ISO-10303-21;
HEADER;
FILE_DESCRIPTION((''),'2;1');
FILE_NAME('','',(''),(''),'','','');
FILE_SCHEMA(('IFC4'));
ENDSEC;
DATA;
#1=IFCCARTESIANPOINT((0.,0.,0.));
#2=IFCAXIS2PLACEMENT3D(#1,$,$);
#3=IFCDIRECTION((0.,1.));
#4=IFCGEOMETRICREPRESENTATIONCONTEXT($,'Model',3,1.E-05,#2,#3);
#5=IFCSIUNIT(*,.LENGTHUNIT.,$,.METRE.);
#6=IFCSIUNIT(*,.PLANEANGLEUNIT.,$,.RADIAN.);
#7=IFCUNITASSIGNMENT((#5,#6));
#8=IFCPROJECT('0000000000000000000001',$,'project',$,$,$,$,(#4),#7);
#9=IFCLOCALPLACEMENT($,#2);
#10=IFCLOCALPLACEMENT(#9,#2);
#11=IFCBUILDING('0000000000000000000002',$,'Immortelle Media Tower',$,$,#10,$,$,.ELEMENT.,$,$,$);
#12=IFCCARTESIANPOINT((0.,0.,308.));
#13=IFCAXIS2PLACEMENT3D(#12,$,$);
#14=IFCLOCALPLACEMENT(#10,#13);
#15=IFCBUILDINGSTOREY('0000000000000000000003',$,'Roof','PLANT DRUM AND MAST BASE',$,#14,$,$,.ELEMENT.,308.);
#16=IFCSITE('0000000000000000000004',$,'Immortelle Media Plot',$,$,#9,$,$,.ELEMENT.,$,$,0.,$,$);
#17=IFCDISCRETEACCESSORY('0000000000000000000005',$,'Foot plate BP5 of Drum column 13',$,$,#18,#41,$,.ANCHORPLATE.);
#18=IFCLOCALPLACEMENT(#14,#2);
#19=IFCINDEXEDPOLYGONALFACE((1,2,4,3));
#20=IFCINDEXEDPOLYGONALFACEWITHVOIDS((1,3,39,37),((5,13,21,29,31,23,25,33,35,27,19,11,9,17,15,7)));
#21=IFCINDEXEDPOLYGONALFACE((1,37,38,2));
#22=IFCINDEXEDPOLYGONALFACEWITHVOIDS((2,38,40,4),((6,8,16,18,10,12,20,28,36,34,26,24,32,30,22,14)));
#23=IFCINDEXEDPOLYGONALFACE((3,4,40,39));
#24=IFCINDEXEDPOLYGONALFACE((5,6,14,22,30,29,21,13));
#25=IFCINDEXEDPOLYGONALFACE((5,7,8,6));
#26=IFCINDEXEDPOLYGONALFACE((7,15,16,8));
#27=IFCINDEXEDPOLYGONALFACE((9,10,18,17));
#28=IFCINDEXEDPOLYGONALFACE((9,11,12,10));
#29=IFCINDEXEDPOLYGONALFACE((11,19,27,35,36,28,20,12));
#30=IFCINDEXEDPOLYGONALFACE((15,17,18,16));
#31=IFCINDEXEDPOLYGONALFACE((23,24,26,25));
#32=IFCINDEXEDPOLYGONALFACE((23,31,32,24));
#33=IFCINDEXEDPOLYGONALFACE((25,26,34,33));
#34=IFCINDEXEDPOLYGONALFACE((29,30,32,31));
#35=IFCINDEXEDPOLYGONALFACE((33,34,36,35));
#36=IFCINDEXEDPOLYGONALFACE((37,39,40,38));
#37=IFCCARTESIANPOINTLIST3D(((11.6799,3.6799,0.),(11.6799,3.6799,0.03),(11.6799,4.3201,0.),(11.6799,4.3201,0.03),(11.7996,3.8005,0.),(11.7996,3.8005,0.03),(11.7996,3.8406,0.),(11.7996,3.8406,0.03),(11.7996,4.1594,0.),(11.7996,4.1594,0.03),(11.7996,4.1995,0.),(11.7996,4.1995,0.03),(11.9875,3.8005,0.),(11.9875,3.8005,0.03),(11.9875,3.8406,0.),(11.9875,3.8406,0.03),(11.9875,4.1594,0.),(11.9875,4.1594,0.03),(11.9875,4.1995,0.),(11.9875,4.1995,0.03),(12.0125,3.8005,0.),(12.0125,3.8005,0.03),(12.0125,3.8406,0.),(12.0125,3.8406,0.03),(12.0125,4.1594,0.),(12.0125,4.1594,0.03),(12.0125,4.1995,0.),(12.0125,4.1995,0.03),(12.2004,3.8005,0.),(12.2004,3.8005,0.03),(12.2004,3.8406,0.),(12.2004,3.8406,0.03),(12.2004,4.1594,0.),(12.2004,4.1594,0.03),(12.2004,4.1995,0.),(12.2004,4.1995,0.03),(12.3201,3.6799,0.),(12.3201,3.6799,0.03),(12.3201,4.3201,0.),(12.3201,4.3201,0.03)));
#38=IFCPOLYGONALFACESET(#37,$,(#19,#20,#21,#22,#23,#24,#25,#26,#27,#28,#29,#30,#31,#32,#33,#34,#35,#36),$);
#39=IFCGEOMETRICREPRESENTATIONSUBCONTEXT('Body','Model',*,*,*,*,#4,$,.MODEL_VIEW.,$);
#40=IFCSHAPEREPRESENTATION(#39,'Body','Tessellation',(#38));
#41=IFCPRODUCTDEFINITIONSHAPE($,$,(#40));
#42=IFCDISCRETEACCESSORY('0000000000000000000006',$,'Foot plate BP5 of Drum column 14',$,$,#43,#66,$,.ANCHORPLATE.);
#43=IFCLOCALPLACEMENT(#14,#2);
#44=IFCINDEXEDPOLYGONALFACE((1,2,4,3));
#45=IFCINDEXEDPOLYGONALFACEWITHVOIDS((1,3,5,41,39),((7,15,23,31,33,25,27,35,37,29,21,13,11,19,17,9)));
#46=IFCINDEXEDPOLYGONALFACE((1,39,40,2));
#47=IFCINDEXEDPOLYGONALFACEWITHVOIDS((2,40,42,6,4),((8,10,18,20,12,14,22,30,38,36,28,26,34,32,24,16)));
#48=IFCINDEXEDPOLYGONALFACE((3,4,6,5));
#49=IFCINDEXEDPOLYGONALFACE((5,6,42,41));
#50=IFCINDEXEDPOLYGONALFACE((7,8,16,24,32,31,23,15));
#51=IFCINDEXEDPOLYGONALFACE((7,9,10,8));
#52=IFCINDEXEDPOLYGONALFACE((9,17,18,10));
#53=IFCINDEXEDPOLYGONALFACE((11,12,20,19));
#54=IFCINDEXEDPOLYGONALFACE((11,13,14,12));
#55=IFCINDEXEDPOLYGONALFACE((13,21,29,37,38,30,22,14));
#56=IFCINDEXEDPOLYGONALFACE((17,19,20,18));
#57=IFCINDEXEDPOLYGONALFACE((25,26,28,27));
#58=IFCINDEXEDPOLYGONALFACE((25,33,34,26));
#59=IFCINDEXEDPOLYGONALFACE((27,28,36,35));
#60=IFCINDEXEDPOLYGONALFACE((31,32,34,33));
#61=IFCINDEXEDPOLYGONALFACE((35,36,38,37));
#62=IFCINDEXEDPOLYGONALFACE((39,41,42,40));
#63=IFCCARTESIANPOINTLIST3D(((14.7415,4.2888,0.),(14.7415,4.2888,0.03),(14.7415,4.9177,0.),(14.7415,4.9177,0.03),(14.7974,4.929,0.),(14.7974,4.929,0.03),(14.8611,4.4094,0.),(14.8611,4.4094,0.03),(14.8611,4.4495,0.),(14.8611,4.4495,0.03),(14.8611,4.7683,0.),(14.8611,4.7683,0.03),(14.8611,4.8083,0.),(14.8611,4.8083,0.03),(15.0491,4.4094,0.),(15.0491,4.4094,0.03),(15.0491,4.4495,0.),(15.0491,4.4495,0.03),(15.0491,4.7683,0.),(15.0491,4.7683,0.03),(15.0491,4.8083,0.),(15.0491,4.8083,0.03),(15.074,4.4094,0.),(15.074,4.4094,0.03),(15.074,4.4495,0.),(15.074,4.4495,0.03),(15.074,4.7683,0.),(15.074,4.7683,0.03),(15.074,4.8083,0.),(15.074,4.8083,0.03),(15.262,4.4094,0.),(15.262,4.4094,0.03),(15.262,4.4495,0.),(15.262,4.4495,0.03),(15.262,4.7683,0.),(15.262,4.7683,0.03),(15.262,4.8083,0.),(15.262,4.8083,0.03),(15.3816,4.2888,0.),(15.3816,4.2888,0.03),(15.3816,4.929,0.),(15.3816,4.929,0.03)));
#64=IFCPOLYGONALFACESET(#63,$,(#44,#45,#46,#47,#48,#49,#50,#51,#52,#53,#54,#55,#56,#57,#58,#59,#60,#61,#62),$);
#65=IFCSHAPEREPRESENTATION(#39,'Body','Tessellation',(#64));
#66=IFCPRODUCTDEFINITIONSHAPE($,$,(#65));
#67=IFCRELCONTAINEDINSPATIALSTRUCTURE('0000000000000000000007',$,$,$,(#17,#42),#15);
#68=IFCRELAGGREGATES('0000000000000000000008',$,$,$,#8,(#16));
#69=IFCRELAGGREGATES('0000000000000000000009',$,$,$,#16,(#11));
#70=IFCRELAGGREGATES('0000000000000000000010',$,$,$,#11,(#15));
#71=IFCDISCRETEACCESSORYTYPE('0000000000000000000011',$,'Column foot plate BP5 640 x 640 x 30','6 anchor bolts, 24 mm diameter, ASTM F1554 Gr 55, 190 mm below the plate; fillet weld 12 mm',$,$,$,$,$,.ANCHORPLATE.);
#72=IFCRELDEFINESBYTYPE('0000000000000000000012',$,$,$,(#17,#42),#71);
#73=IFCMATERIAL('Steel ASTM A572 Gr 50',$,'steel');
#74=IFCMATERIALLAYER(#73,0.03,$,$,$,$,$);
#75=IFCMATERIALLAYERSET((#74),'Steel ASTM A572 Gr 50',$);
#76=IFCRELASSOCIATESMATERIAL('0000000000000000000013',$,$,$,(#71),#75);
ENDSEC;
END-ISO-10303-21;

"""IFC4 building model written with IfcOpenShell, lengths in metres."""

from ifc_helpers import new_model, si_unit, direction, frame, origin, place, context, subcontext, project, spatial, polyline, outline, extrude, material, layer, layer_set, type_object, element, save


model = new_model("IFC4")

# Units and contexts
model_context = context("Model", 3, precision=1e-05, world=origin(), true_north=direction((0.0, 1.0)))
body_context = subcontext(model_context, "Body", "Model", "MODEL_VIEW")
ifc_project = project(units=[si_unit("LENGTHUNIT", "METRE"), si_unit("PLANEANGLEUNIT", "RADIAN")], contexts=[model_context])

# Site, building, storey
site_placement = place(None, origin())
site = spatial("IfcSite", under=ifc_project, at=site_placement, Name="Immortelle Media Plot", CompositionType="ELEMENT", RefElevation=0.0)
building_placement = place(site_placement, origin())
building = spatial("IfcBuilding", under=site, at=building_placement, Name="Immortelle Media Tower", CompositionType="ELEMENT")
storey_placement = place(building_placement, frame((0.0, 0.0, 308.0)))
storey = spatial("IfcBuildingStorey", under=building, at=storey_placement, Name="Roof", Description="PLANT DRUM AND MAST BASE", CompositionType="ELEMENT", Elevation=308.0)

# Discrete accessories
ifc_material_1 = material(Name="Steel ASTM A572 Gr 50", Category="steel")
ifc_layer_1 = layer(ifc_material_1, 0.03)
ifc_layer_set_1 = layer_set([ifc_layer_1], Name="Steel ASTM A572 Gr 50")
discrete_accessory_type = type_object("IfcDiscreteAccessoryType", Name="Column foot plate BP5 640 x 640 x 30", Description="6 anchor bolts, 24 mm diameter, ASTM F1554 Gr 55, 190 mm below the plate; fillet weld 12 mm", PredefinedType="ANCHORPLATE", material=ifc_layer_set_1)
discrete_accessory_1_placement = place(storey_placement, frame((12.0, 4.0, 0.0), z_axis=(0.0, 0.0, 1.0), x_axis=(1.0, 0.0, 0.0)))
element("IfcDiscreteAccessory", 1, at=discrete_accessory_1_placement, inside=storey, type_object=discrete_accessory_type, Name="Foot plate BP5 of Drum column 13", PredefinedType="ANCHORPLATE", context=body_context, shape_type="SweptSolid", body=[
    extrude(outline(polyline([(-0.3201, -0.3201), (0.3201, -0.3201), (0.3201, 0.3201), (-0.3201, 0.3201), (-0.3201, -0.3201)]), holes=[polyline([(0.0125, -0.1594), (0.2004, -0.1594), (0.2004, -0.1995), (0.0125, -0.1995), (-0.0125, -0.1995), (-0.2004, -0.1995), (-0.2004, -0.1594), (-0.0125, -0.1594), (-0.0125, 0.1594), (-0.2004, 0.1594), (-0.2004, 0.1995), (-0.0125, 0.1995), (0.0125, 0.1995), (0.2004, 0.1995), (0.2004, 0.1594), (0.0125, 0.1594), (0.0125, -0.1594)])]), origin(), (0.0, 0.0, 1.0), 0.03),
])
discrete_accessory_2_placement = place(storey_placement, frame((15.0615, 4.6089, 0.0), z_axis=(0.0, 0.0, 1.0), x_axis=(1.0, 0.0, 0.0)))
element("IfcDiscreteAccessory", 2, at=discrete_accessory_2_placement, inside=storey, type_object=discrete_accessory_type, Name="Foot plate BP5 of Drum column 14", PredefinedType="ANCHORPLATE", context=body_context, shape_type="SweptSolid", body=[
    extrude(outline(polyline([(0.3201, -0.3201), (0.3201, 0.3201), (-0.2642, 0.3201), (-0.3201, 0.3088), (-0.3201, -0.3201), (0.3201, -0.3201)]), holes=[polyline([(0.0125, -0.1594), (0.2004, -0.1594), (0.2004, -0.1995), (0.0125, -0.1995), (-0.0125, -0.1995), (-0.2004, -0.1995), (-0.2004, -0.1594), (-0.0125, -0.1594), (-0.0125, 0.1594), (-0.2004, 0.1594), (-0.2004, 0.1995), (-0.0125, 0.1995), (0.0125, 0.1995), (0.2004, 0.1995), (0.2004, 0.1594), (0.0125, 0.1594), (0.0125, -0.1594)])]), origin(), (0.0, 0.0, 1.0), 0.03),
])

save(model, "model.ifc")
